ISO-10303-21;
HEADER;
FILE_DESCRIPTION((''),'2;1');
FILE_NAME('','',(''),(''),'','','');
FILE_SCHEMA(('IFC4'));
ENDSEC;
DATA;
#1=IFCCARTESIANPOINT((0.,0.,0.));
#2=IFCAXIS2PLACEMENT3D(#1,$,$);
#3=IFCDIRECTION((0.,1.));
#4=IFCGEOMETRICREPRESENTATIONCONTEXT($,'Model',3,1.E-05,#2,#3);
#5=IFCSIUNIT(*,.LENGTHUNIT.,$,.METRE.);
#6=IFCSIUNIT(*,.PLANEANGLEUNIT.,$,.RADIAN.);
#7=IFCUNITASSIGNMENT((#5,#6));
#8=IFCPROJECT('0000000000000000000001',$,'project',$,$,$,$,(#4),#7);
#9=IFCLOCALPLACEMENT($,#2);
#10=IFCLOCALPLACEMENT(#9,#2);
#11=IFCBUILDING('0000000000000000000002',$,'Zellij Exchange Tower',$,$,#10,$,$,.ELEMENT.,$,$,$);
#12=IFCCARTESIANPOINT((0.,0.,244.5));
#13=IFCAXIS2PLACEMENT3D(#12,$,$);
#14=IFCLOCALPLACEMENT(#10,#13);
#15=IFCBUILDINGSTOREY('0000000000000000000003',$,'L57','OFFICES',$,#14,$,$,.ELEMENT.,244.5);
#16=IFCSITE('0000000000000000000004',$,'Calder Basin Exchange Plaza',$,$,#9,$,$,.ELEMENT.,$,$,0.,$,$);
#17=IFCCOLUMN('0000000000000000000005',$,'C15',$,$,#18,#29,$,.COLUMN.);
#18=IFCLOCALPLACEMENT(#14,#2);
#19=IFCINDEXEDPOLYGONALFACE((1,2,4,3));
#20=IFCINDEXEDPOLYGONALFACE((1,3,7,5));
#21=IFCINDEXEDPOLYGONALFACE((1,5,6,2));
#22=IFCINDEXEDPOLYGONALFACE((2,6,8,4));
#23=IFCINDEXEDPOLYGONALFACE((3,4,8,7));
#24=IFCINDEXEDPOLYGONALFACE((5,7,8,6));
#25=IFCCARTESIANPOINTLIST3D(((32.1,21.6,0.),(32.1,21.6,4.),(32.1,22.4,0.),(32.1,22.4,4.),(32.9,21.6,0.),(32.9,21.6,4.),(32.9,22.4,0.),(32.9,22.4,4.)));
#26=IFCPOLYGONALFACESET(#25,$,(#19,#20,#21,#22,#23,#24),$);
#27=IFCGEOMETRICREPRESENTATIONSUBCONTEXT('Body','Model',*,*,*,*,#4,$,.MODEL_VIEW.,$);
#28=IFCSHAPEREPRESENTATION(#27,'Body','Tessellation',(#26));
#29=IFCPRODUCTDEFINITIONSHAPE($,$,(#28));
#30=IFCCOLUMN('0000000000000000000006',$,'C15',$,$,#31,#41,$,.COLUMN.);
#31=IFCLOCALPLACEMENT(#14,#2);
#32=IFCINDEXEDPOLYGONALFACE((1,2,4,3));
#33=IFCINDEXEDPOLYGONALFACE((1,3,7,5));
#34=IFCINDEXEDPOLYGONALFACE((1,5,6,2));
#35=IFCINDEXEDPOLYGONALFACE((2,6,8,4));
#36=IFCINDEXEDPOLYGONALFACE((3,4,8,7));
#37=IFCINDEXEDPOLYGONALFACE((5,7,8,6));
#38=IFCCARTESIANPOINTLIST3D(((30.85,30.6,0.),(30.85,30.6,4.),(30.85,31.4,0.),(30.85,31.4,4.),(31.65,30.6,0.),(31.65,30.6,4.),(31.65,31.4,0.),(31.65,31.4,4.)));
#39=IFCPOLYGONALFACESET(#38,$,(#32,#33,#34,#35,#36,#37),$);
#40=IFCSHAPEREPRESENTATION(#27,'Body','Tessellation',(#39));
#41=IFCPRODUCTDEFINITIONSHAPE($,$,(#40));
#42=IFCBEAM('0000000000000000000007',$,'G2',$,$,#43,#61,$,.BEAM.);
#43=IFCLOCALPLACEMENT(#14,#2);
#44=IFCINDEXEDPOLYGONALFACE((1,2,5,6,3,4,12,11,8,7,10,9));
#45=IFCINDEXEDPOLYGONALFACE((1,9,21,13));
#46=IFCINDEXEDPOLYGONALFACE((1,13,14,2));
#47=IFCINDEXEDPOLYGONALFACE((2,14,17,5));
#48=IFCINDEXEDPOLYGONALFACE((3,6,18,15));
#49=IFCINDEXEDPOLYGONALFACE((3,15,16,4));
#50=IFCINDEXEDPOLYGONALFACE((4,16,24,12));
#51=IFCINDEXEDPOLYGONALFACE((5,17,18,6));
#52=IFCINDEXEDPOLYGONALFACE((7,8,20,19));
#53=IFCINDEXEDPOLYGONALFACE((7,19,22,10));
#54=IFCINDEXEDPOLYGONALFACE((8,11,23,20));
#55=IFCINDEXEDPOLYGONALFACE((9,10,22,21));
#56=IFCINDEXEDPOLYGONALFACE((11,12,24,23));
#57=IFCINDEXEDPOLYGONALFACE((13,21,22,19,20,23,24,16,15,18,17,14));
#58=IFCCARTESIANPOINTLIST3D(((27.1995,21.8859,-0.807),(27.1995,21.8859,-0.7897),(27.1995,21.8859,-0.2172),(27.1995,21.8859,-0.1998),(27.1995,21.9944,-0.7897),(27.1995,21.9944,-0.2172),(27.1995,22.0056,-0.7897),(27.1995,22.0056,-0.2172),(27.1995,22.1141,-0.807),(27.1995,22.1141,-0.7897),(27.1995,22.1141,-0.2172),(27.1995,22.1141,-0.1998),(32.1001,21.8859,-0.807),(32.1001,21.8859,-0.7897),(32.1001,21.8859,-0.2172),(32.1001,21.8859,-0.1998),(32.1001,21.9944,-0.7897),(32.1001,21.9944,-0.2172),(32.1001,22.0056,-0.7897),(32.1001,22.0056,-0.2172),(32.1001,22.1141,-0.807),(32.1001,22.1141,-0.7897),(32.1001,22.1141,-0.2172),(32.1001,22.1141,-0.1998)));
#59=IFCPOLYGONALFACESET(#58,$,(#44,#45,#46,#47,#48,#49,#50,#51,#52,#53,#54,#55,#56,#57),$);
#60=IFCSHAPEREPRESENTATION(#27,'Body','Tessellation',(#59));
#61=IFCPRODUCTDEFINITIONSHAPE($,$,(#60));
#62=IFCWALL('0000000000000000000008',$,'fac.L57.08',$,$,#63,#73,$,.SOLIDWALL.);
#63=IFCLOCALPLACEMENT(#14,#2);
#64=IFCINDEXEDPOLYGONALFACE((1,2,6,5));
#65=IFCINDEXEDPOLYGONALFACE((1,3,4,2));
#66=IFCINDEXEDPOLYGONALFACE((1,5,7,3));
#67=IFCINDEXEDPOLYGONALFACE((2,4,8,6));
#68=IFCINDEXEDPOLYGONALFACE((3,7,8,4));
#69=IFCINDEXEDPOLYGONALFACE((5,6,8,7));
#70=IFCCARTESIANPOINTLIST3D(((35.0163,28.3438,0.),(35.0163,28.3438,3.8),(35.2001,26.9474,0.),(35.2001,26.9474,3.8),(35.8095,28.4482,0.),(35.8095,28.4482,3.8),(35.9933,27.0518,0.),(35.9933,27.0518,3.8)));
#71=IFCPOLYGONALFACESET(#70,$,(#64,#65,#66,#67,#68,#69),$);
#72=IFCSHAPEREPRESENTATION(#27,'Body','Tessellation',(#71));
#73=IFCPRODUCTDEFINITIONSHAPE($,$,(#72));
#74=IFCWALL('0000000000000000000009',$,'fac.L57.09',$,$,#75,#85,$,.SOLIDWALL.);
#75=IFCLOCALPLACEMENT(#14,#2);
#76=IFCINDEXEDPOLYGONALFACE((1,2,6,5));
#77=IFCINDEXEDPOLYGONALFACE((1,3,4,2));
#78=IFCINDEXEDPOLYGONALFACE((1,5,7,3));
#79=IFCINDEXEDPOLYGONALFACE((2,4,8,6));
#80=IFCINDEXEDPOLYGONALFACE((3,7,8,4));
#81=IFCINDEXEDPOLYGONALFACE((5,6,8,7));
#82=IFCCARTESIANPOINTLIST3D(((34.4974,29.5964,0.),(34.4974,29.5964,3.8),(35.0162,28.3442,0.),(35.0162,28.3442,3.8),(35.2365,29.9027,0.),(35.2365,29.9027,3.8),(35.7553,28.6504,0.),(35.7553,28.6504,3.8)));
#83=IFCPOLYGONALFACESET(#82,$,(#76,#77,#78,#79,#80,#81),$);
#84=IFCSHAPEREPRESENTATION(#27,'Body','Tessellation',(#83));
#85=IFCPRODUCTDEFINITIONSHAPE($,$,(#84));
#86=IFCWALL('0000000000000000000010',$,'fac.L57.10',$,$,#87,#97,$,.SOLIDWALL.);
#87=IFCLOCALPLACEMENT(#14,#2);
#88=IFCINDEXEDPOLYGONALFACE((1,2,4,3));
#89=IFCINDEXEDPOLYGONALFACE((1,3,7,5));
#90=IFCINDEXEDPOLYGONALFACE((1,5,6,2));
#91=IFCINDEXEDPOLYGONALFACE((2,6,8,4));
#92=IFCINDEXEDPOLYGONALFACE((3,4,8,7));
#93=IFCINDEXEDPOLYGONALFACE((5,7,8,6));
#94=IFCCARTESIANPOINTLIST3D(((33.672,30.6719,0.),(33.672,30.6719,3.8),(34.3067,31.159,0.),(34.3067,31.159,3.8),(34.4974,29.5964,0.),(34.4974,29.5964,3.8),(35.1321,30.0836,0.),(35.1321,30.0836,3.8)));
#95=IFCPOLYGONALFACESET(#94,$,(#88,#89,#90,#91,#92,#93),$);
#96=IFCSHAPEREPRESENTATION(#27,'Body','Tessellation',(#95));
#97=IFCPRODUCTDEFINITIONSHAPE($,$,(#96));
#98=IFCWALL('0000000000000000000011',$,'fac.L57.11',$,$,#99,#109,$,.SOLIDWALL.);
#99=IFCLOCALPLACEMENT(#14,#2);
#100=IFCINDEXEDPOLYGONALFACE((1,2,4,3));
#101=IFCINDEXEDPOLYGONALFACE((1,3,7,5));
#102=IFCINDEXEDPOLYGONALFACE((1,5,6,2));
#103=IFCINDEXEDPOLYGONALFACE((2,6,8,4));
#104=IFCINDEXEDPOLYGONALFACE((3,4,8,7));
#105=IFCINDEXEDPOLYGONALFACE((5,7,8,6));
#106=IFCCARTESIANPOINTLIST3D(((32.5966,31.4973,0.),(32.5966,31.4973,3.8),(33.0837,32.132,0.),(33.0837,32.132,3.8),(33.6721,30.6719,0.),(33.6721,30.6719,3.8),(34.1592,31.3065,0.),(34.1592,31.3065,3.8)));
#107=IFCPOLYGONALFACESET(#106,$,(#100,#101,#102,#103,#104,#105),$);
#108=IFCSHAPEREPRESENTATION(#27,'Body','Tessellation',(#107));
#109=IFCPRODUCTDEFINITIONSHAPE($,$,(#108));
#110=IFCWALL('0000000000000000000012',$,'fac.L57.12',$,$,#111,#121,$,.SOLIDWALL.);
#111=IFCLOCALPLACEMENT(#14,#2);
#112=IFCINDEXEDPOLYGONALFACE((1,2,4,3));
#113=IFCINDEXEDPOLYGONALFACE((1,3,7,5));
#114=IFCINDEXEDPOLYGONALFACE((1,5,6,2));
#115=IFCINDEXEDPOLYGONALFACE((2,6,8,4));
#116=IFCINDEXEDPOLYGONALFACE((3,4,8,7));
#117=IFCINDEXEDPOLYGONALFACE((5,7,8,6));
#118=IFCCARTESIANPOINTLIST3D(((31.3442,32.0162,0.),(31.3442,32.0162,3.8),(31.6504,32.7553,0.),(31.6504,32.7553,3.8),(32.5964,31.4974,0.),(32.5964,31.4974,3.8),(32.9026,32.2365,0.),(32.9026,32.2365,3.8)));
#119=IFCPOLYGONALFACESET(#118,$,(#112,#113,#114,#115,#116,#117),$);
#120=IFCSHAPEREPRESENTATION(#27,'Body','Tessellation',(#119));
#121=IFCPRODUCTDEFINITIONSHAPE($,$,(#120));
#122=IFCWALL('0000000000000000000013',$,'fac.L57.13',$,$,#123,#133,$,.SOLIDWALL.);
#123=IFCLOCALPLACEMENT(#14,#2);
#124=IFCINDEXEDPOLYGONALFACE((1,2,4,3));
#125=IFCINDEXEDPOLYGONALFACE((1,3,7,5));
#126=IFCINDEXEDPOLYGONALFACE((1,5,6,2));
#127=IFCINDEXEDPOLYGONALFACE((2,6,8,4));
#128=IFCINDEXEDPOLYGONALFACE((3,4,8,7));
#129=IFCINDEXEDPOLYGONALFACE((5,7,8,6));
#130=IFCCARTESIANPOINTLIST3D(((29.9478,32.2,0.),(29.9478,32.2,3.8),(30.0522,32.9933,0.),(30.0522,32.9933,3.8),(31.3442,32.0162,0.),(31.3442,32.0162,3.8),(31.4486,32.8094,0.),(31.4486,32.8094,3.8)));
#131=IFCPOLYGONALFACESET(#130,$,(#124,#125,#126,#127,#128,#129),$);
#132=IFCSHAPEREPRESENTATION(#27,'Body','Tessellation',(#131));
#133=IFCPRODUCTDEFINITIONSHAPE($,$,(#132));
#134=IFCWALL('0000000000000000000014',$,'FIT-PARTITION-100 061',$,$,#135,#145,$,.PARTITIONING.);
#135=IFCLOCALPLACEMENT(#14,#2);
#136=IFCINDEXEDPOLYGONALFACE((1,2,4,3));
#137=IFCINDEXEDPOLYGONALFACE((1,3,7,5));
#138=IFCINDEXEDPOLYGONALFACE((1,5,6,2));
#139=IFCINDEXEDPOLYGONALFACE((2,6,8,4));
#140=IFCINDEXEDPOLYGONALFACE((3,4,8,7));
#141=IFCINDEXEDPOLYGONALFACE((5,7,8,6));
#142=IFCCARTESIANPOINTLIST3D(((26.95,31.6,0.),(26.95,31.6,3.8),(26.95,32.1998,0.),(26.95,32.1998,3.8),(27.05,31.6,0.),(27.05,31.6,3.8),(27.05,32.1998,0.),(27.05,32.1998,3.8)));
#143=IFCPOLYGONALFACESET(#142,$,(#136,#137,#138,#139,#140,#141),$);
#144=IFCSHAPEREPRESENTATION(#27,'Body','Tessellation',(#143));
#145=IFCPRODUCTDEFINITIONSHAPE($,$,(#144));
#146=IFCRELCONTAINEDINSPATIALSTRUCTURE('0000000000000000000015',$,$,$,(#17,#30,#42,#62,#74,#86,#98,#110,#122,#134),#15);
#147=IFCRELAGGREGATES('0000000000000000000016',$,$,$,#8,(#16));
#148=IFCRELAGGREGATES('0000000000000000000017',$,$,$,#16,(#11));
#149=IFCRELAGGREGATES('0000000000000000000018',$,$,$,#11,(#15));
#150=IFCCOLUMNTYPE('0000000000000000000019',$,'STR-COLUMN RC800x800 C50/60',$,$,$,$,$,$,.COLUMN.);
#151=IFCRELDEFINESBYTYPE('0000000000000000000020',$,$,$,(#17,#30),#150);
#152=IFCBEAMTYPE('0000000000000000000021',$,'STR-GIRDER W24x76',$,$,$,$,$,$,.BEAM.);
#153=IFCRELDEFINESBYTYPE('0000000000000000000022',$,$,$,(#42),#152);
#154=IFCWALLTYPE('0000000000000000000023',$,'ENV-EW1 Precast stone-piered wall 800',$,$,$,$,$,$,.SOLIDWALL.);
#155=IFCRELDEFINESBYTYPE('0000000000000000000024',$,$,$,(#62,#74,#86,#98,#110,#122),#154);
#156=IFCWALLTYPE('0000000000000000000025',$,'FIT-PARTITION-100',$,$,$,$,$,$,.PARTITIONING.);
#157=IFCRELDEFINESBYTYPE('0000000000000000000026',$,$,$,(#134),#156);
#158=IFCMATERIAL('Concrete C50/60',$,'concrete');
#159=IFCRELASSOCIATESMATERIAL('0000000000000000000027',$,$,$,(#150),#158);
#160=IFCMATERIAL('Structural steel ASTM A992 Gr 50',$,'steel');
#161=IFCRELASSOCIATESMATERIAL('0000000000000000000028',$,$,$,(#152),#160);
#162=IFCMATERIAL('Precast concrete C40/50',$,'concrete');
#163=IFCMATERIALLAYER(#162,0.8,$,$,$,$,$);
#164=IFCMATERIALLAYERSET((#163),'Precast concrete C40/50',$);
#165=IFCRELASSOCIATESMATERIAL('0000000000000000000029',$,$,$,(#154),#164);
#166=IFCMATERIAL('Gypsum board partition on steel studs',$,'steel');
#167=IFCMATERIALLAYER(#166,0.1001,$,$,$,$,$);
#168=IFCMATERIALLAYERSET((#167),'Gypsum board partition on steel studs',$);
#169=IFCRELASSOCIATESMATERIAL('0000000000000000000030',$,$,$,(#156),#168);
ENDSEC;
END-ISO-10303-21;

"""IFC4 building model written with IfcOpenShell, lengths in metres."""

from ifc_helpers import new_model, si_unit, direction, frame, frame_2d, origin, origin_2d, place, context, subcontext, project, spatial, rectangle, i_section, extrude, material, layer, layer_set, material_profile, profile_set, type_object, element, save


model = new_model("IFC4")

# Units and contexts
model_context = context("Model", 3, precision=1e-05, world=origin(), true_north=direction((0.0, 1.0)))
body_context = subcontext(model_context, "Body", "Model", "MODEL_VIEW")
ifc_project = project(units=[si_unit("LENGTHUNIT", "METRE"), si_unit("PLANEANGLEUNIT", "RADIAN")], contexts=[model_context])

# Site, building, storey
site_placement = place(None, origin())
site = spatial("IfcSite", under=ifc_project, at=site_placement, Name="Calder Basin Exchange Plaza", CompositionType="ELEMENT", RefElevation=0.0)
building_placement = place(site_placement, origin())
building = spatial("IfcBuilding", under=site, at=building_placement, Name="Zellij Exchange Tower", CompositionType="ELEMENT")
storey_placement = place(building_placement, frame((0.0, 0.0, 244.5)))
storey = spatial("IfcBuildingStorey", under=building, at=storey_placement, Name="L57", Description="OFFICES", CompositionType="ELEMENT", Elevation=244.5)

# Columns
ifc_material_1 = material(Name="Concrete C50/60", Category="concrete")
ifc_material_profile_1 = material_profile(ifc_material_1, rectangle(XDim=0.8, YDim=0.8, at=origin_2d()), Name="STR-COLUMN RC800x800 C50/60")
ifc_profile_set_1 = profile_set([ifc_material_profile_1], Name="Concrete C50/60")
column_type = type_object("IfcColumnType", Name="STR-COLUMN RC800x800 C50/60", PredefinedType="COLUMN", material=ifc_profile_set_1)
for number, where, z_axis, x_axis, name in (
    (1, (32.5, 22.0, 0.0), (0.0, 0.0, 1.0), (1.0, 0.0, 0.0), "C15"),
    (2, (31.25, 31.0, 0.0), (0.0, 0.0, 1.0), (1.0, 0.0, 0.0), "C15"),
):
    element("IfcColumn", number, at=place(storey_placement, frame(where, z_axis=z_axis, x_axis=x_axis)), inside=storey, type_object=column_type, Name=name, PredefinedType="COLUMN", context=body_context, shape_type="SweptSolid", body=[
        extrude(rectangle(XDim=0.8, YDim=0.8, at=origin_2d()), origin(), (0.0, 0.0, 1.0), 4.0),
    ])

# Beam
ifc_material_2 = material(Name="Structural steel ASTM A992 Gr 50", Category="steel")
ifc_material_profile_2 = material_profile(ifc_material_2, i_section(OverallWidth=0.2283, OverallDepth=0.6072, WebThickness=0.0112, FlangeThickness=0.0173, at=origin_2d()), Name="W24x76")
ifc_profile_set_2 = profile_set([ifc_material_profile_2], Name="Structural steel ASTM A992 Gr 50")
beam_type = type_object("IfcBeamType", Name="STR-GIRDER W24x76", PredefinedType="BEAM", material=ifc_profile_set_2)
beam_placement = place(storey_placement, frame((27.1995, 22.0, -0.5034), z_axis=(1.0, 0.0, 0.0), x_axis=(0.0, 1.0, 0.0)))
element("IfcBeam", 3, at=beam_placement, inside=storey, type_object=beam_type, Name="G2", PredefinedType="BEAM", context=body_context, shape_type="SweptSolid", body=[
    extrude(i_section(OverallWidth=0.2283, OverallDepth=0.6072, WebThickness=0.0112, FlangeThickness=0.0173, at=origin_2d()), origin(), (0.0, 0.0, 1.0), 4.9006),
])

# Walls
ifc_material_3 = material(Name="Precast concrete C40/50", Category="concrete")
ifc_layer_1 = layer(ifc_material_3, 0.8)
ifc_layer_set_1 = layer_set([ifc_layer_1], Name="Precast concrete C40/50")
wall_type_1 = type_object("IfcWallType", Name="ENV-EW1 Precast stone-piered wall 800", PredefinedType="SOLIDWALL", material=ifc_layer_set_1)
wall_1_placement = place(storey_placement, frame((35.5967, 26.9998, 0.0), z_axis=(0.0, 0.0, 1.0), x_axis=(-0.130517, 0.991446, 0.0)))
element("IfcWall", 4, at=wall_1_placement, inside=storey, type_object=wall_type_1, Name="fac.L57.08", PredefinedType="SOLIDWALL", context=body_context, shape_type="SweptSolid", body=[
    extrude(rectangle(XDim=1.4084, YDim=0.8, at=frame_2d((0.7041, 0.0))), origin(), (0.0, 0.0, 1.0), 3.8),
])
wall_2_placement = place(storey_placement, frame((35.3857, 28.4973, 0.0), z_axis=(0.0, 0.0, 1.0), x_axis=(-0.38276, 0.923848, 0.0)))
element("IfcWall", 5, at=wall_2_placement, inside=storey, type_object=wall_type_1, Name="fac.L57.09", PredefinedType="SOLIDWALL", context=body_context, shape_type="SweptSolid", body=[
    extrude(rectangle(XDim=1.3555, YDim=0.8, at=frame_2d((0.6777, 0.0))), origin(), (0.0, 0.0, 1.0), 3.8),
])
for number, where, z_axis, x_axis, name in (
    (6, (34.8147, 29.8401, 0.0), (0.0, 0.0, 1.0), (-0.608866, 0.793273, 0.0), "fac.L57.10"),
    (7, (33.9155, 30.9893, 0.0), (0.0, 0.0, 1.0), (-0.793273, 0.608866, 0.0), "fac.L57.11"),
):
    element("IfcWall", number, at=place(storey_placement, frame(where, z_axis=z_axis, x_axis=x_axis)), inside=storey, type_object=wall_type_1, Name=name, PredefinedType="SOLIDWALL", context=body_context, shape_type="SweptSolid", body=[
        extrude(rectangle(XDim=1.3557, YDim=0.8, at=frame_2d((0.6777, 0.0))), origin(), (0.0, 0.0, 1.0), 3.8),
    ])
wall_3_placement = place(storey_placement, frame((32.7495, 31.8669, 0.0), z_axis=(0.0, 0.0, 1.0), x_axis=(-0.923848, 0.38276, 0.0)))
element("IfcWall", 8, at=wall_3_placement, inside=storey, type_object=wall_type_1, Name="fac.L57.12", PredefinedType="SOLIDWALL", context=body_context, shape_type="SweptSolid", body=[
    extrude(rectangle(XDim=1.3555, YDim=0.8, at=frame_2d((0.6777, 0.0))), origin(), (0.0, 0.0, 1.0), 3.8),
])
wall_4_placement = place(storey_placement, frame((31.3962, 32.4128, 0.0), z_axis=(0.0, 0.0, 1.0), x_axis=(-0.991446, 0.130517, 0.0)))
element("IfcWall", 9, at=wall_4_placement, inside=storey, type_object=wall_type_1, Name="fac.L57.13", PredefinedType="SOLIDWALL", context=body_context, shape_type="SweptSolid", body=[
    extrude(rectangle(XDim=1.4084, YDim=0.8, at=frame_2d((0.7041, 0.0))), origin(), (0.0, 0.0, 1.0), 3.8),
])

# Wall
ifc_material_4 = material(Name="Gypsum board partition on steel studs", Category="steel")
ifc_layer_2 = layer(ifc_material_4, 0.1001)
ifc_layer_set_2 = layer_set([ifc_layer_2], Name="Gypsum board partition on steel studs")
wall_type_2 = type_object("IfcWallType", Name="FIT-PARTITION-100", PredefinedType="PARTITIONING", material=ifc_layer_set_2)
wall_5_placement = place(storey_placement, frame((27.0, 31.6001, 0.0), z_axis=(0.0, 0.0, 1.0), x_axis=(0.0, 1.0, 0.0)))
element("IfcWall", 10, at=wall_5_placement, inside=storey, type_object=wall_type_2, Name="FIT-PARTITION-100 061", PredefinedType="PARTITIONING", context=body_context, shape_type="SweptSolid", body=[
    extrude(rectangle(XDim=0.5999, YDim=0.1001, at=frame_2d((0.2998, 0.0))), origin(), (0.0, 0.0, 1.0), 3.8),
])

save(model, "model.ifc")
